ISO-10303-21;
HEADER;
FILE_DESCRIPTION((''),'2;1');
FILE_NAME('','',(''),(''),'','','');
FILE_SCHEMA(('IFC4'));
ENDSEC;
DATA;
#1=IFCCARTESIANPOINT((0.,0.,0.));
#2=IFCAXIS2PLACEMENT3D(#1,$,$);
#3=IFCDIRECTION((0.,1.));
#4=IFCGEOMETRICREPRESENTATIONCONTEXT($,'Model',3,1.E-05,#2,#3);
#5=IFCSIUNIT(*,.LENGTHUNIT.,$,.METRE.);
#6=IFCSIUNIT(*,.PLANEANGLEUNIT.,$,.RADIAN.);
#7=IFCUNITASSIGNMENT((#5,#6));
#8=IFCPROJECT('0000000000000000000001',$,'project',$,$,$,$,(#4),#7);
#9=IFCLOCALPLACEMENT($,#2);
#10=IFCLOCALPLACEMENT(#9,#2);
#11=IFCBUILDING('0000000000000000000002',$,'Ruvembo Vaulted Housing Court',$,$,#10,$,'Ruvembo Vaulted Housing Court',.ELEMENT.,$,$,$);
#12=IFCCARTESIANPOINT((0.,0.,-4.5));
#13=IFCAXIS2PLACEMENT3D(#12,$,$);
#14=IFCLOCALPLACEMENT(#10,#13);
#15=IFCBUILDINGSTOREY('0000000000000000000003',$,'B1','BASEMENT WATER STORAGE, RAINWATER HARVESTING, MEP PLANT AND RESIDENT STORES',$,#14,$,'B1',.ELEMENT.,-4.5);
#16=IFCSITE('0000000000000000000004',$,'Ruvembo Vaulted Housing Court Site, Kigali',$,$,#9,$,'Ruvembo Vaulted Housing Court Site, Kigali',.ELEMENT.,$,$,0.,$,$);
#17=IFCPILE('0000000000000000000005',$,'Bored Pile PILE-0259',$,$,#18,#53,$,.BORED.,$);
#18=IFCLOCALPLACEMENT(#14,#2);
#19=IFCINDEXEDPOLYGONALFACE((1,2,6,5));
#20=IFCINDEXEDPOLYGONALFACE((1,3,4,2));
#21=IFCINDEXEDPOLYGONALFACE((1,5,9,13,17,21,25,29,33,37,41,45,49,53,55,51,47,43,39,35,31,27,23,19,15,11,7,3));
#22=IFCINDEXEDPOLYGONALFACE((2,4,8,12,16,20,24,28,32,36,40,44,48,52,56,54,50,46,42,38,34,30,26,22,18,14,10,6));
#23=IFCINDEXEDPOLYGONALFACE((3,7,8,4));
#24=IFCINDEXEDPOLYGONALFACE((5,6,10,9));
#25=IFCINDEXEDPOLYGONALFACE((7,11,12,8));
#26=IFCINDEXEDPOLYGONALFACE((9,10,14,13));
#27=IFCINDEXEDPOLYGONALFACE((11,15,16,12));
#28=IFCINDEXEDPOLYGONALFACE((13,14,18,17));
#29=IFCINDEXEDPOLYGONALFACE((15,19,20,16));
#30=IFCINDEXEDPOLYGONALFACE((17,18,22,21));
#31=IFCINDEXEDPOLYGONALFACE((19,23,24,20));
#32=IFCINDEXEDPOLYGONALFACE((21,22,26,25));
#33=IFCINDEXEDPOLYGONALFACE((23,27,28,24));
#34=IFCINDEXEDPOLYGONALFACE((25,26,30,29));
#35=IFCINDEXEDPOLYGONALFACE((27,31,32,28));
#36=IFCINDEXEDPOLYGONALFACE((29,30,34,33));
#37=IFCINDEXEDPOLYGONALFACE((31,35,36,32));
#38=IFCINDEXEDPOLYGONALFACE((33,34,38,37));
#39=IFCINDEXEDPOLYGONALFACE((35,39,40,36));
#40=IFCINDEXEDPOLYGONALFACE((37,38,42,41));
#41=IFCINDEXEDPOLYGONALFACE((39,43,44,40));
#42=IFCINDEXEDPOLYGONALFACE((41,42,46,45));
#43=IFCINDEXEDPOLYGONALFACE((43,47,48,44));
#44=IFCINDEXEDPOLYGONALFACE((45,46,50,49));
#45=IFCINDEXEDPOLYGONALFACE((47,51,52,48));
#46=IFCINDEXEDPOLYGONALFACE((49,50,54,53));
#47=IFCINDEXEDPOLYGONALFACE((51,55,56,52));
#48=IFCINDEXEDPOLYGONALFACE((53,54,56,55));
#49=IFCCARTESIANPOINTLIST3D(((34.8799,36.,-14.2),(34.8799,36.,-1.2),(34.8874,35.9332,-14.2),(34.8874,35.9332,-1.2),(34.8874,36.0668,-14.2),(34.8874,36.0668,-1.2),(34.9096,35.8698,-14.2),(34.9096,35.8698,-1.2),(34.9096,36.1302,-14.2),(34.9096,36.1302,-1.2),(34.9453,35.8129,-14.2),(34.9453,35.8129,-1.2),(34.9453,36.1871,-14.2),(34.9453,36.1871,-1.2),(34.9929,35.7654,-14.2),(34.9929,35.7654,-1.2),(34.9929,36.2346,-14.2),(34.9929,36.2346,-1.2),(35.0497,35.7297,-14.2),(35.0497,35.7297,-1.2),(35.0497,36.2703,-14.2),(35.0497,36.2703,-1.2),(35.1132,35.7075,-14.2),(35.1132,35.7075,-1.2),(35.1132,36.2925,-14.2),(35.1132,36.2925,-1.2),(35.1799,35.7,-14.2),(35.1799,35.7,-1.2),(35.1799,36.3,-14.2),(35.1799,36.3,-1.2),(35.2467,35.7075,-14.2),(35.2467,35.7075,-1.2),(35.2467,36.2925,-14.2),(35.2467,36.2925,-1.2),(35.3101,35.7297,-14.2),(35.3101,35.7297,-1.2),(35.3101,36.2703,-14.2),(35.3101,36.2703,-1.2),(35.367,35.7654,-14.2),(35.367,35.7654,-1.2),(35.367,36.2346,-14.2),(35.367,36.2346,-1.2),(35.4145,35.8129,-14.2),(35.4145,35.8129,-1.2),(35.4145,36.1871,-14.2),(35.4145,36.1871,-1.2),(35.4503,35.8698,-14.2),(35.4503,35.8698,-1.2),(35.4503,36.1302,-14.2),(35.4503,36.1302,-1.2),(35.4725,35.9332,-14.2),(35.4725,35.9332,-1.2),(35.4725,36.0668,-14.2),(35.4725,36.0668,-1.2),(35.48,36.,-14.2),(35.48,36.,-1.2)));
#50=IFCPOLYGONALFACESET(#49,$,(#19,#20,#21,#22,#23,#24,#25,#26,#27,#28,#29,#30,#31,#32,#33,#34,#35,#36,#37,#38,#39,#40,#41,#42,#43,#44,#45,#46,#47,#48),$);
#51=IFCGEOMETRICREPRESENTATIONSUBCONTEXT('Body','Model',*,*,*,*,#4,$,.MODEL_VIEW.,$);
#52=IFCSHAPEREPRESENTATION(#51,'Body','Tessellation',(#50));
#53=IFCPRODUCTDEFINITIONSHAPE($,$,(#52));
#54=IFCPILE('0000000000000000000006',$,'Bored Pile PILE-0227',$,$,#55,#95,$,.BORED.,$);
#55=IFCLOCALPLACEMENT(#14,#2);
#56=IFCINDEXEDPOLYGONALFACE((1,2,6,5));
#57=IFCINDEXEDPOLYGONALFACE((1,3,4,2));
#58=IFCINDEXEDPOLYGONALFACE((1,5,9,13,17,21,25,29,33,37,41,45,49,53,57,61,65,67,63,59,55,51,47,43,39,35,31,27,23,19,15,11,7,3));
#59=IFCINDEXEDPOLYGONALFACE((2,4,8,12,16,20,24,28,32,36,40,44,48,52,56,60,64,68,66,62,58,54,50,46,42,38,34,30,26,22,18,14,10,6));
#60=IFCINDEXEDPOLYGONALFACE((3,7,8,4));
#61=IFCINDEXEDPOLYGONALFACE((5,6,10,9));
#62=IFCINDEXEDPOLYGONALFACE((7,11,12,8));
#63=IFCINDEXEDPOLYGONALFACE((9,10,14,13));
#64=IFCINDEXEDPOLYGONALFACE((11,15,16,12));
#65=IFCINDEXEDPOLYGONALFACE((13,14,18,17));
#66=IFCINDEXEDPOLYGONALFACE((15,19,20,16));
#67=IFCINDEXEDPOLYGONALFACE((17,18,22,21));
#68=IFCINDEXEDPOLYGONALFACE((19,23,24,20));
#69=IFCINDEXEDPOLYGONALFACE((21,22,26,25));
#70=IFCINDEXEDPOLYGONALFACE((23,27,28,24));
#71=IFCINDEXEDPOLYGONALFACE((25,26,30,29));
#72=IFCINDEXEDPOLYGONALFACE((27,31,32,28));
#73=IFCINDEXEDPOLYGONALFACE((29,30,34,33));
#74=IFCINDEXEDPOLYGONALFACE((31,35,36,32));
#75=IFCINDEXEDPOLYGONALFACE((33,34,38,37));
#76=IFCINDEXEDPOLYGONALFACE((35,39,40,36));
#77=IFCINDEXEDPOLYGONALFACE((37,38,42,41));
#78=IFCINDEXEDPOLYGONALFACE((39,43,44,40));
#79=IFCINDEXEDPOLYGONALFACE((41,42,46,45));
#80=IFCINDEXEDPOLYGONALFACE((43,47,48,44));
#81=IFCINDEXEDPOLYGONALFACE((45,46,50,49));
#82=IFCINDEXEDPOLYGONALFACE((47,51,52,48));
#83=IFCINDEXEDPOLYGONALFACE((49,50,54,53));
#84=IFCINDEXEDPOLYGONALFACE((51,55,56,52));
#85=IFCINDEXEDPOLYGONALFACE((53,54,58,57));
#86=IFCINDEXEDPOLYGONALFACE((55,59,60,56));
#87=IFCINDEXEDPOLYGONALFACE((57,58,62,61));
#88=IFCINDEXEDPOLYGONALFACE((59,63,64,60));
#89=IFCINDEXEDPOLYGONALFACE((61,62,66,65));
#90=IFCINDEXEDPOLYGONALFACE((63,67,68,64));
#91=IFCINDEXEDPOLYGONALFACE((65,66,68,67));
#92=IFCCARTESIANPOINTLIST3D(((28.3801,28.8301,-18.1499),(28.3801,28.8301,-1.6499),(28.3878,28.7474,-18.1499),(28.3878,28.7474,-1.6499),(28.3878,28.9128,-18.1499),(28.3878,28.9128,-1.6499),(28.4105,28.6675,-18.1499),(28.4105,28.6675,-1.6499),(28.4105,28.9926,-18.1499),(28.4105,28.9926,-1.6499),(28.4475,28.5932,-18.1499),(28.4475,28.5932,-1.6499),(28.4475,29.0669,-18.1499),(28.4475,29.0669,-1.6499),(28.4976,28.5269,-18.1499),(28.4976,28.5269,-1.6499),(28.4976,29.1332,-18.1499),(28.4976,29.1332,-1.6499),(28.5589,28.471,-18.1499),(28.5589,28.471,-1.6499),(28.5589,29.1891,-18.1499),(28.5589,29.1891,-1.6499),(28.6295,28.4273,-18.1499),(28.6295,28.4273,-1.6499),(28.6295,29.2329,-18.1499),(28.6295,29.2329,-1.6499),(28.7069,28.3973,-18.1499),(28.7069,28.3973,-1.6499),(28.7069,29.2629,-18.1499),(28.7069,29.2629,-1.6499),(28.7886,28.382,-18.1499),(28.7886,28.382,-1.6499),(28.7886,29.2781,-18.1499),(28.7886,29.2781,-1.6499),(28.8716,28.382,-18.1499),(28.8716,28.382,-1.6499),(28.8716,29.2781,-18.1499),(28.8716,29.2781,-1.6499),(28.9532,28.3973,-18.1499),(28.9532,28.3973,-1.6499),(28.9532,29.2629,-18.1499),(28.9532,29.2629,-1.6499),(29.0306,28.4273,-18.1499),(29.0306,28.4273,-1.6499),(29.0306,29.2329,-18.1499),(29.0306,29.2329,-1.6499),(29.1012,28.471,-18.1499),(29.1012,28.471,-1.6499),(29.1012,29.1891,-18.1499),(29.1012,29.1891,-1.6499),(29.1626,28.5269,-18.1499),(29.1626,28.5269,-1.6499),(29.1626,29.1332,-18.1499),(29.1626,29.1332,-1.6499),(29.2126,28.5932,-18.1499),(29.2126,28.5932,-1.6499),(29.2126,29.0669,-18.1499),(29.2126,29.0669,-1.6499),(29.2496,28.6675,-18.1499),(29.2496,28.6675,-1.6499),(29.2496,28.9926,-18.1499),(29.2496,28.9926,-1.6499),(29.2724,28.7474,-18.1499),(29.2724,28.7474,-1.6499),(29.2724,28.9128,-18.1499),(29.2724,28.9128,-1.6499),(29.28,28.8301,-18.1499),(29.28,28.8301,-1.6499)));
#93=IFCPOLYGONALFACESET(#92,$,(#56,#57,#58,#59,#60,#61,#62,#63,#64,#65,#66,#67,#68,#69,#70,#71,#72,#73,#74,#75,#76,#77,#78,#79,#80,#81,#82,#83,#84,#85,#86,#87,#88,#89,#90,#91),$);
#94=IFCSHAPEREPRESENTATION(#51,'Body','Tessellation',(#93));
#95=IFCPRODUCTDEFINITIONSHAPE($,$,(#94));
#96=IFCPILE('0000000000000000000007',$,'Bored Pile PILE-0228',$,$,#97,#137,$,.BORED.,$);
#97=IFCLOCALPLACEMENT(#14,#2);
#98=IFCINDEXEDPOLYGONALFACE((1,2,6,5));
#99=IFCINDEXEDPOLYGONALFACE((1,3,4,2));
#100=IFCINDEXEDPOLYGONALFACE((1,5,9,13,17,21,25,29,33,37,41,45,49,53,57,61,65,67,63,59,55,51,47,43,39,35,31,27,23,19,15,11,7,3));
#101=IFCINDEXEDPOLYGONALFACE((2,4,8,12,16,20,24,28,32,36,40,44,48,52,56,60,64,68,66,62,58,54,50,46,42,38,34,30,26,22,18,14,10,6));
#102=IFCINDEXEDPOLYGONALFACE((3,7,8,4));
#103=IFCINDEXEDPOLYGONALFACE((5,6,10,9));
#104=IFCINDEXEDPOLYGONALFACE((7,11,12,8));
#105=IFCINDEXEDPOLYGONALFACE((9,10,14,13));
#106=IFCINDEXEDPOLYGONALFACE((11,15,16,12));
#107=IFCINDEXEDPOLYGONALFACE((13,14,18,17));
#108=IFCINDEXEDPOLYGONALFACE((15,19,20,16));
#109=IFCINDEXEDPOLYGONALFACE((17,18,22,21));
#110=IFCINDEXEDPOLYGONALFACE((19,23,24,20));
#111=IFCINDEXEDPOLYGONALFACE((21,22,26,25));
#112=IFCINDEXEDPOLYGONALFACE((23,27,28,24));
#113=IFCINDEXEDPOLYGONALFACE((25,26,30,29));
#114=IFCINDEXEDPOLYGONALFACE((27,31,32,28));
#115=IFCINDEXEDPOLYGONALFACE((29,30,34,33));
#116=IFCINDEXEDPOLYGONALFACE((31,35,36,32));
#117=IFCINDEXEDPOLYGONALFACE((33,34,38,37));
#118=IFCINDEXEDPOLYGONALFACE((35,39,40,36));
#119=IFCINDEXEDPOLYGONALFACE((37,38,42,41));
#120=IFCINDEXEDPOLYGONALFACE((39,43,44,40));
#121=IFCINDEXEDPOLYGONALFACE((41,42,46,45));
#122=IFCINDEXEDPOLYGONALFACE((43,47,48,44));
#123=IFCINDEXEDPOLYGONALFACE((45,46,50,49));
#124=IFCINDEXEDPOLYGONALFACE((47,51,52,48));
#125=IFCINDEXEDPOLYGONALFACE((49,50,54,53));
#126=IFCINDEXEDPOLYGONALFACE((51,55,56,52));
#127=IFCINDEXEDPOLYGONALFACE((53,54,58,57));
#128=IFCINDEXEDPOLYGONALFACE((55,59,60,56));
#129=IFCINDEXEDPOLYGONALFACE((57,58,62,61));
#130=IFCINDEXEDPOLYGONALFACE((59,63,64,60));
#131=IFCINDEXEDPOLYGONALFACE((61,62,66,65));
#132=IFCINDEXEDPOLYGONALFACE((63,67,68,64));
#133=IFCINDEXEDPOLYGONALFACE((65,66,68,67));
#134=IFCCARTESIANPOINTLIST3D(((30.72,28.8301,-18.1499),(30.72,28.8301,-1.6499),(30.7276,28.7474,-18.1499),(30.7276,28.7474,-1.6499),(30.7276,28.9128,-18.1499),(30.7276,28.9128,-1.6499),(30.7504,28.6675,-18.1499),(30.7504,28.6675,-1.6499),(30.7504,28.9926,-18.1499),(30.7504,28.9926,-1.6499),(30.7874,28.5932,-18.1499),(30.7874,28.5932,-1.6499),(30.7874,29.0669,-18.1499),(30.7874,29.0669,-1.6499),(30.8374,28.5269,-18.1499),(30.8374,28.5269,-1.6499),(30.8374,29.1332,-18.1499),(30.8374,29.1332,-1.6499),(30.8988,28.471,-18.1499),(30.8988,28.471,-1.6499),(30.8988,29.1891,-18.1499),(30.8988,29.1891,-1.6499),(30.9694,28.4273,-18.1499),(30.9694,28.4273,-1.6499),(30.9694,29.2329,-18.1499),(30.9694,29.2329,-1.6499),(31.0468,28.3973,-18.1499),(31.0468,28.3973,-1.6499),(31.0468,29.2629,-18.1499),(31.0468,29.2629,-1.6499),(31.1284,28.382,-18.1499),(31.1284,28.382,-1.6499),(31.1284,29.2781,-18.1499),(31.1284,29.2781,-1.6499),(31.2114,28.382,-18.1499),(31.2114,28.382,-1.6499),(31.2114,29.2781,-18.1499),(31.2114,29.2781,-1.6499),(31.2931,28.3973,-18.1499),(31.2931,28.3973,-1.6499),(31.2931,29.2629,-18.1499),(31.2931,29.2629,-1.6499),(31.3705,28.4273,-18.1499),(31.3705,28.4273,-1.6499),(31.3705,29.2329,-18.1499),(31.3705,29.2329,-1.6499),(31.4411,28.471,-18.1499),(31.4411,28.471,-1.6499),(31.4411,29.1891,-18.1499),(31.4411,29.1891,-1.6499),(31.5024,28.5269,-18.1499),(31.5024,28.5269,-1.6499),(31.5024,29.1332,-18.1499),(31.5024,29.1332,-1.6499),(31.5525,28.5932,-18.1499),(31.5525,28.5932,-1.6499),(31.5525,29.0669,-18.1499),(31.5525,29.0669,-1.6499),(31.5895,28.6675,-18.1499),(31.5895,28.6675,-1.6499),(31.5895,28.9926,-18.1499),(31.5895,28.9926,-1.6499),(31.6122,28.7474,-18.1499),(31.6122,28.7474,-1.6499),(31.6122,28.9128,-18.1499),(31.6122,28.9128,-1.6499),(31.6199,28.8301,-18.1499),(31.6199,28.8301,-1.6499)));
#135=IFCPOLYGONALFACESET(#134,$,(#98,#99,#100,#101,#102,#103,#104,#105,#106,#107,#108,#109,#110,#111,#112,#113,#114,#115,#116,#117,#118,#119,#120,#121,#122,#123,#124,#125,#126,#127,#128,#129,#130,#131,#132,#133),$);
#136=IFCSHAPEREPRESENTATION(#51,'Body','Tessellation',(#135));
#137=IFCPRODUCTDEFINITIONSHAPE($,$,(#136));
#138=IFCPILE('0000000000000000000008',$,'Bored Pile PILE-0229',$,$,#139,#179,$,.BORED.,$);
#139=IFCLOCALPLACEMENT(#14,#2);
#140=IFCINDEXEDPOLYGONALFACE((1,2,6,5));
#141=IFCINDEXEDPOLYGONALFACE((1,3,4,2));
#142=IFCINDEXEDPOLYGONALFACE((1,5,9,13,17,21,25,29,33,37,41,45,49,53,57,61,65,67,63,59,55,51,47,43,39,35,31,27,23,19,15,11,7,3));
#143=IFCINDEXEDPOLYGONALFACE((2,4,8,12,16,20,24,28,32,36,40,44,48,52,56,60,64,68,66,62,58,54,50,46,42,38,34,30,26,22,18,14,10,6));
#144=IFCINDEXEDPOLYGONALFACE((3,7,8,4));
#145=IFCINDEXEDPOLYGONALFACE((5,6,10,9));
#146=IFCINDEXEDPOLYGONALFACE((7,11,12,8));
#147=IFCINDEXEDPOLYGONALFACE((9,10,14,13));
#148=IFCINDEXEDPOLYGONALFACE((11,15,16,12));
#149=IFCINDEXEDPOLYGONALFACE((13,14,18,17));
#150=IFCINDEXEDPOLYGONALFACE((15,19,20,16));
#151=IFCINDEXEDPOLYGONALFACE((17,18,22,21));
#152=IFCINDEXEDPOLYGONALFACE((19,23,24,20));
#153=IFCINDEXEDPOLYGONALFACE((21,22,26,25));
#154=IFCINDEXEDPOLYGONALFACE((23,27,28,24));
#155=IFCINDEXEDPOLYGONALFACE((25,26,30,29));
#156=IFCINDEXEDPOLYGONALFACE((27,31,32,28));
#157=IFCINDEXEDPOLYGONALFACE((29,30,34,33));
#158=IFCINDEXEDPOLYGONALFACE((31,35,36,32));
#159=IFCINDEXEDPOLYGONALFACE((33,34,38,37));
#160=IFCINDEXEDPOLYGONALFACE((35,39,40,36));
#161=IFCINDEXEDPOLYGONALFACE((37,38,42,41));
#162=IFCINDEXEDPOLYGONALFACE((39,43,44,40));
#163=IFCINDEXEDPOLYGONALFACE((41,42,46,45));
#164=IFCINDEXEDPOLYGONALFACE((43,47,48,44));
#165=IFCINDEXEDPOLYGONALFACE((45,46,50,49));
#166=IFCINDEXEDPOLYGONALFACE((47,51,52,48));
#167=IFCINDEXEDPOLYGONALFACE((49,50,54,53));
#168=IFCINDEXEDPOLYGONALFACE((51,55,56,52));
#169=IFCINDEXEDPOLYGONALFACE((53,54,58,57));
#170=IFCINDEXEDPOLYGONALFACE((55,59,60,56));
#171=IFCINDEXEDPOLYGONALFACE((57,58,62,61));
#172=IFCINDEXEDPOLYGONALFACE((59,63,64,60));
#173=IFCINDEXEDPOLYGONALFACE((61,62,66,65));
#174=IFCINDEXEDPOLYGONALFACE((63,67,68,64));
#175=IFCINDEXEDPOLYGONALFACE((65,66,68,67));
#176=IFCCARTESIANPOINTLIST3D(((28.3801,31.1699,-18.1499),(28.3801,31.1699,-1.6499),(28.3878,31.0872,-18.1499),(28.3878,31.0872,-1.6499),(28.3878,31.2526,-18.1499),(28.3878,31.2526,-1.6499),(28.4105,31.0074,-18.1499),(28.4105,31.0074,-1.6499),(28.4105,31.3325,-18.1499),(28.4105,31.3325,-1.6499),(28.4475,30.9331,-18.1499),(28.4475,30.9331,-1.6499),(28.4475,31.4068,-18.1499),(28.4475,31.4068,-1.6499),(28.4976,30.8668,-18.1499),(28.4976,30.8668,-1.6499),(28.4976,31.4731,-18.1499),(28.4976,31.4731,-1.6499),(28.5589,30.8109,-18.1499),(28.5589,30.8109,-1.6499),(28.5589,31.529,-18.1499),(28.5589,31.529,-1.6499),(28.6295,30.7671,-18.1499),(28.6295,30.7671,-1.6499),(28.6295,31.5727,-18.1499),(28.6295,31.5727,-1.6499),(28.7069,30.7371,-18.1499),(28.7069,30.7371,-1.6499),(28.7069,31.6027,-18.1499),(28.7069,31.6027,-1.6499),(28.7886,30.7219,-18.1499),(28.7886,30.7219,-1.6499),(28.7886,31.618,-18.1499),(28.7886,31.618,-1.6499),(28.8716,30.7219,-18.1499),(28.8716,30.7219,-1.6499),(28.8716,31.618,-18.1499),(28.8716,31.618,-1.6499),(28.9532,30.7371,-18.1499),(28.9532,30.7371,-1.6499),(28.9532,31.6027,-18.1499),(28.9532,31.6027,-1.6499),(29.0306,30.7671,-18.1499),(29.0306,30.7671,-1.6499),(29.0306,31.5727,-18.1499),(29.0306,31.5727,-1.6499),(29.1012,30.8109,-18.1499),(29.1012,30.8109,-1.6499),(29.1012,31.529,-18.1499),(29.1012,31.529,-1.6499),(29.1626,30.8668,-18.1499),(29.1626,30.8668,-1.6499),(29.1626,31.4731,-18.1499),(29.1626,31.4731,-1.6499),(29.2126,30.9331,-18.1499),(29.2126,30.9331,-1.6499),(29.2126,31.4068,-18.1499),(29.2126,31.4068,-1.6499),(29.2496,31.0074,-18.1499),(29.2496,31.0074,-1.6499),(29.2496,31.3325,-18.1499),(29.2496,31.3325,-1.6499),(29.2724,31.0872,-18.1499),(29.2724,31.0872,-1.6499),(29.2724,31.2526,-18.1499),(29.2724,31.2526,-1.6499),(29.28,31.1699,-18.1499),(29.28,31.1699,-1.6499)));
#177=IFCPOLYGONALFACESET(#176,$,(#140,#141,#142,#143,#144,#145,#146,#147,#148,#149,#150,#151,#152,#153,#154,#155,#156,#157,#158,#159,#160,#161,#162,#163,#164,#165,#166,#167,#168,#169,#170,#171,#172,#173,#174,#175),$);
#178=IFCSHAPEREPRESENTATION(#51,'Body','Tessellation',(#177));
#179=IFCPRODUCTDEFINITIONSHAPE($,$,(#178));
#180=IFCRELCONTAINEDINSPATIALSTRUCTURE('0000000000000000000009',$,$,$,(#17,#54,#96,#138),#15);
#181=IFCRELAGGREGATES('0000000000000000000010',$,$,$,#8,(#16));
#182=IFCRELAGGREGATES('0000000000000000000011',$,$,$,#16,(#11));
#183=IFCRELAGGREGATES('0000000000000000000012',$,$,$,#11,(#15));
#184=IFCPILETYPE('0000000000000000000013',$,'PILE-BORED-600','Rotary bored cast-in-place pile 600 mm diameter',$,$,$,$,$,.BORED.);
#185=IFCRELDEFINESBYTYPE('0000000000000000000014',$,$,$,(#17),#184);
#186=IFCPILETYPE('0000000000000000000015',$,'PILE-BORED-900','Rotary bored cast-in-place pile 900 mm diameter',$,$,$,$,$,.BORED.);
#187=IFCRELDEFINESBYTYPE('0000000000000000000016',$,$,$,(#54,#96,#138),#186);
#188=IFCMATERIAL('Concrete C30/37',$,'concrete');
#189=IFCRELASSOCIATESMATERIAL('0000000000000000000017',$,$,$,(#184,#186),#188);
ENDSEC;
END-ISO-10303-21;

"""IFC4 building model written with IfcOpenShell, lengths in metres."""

from ifc_helpers import new_model, si_unit, direction, frame, origin, origin_2d, place, context, subcontext, project, spatial, circle, extrude, material, material_profile, profile_set, type_object, element, save


model = new_model("IFC4")

# Units and contexts
model_context = context("Model", 3, precision=1e-05, world=origin(), true_north=direction((0.0, 1.0)))
body_context = subcontext(model_context, "Body", "Model", "MODEL_VIEW")
ifc_project = project(units=[si_unit("LENGTHUNIT", "METRE"), si_unit("PLANEANGLEUNIT", "RADIAN")], contexts=[model_context])

# Site, building, storey
site_placement = place(None, origin())
site = spatial("IfcSite", under=ifc_project, at=site_placement, Name="Ruvembo Vaulted Housing Court Site, Kigali", LongName="Ruvembo Vaulted Housing Court Site, Kigali", CompositionType="ELEMENT", RefElevation=0.0)
building_placement = place(site_placement, origin())
building = spatial("IfcBuilding", under=site, at=building_placement, Name="Ruvembo Vaulted Housing Court", LongName="Ruvembo Vaulted Housing Court", CompositionType="ELEMENT")
storey_placement = place(building_placement, frame((0.0, 0.0, -4.5)))
storey = spatial("IfcBuildingStorey", under=building, at=storey_placement, Name="B1", Description="BASEMENT WATER STORAGE, RAINWATER HARVESTING, MEP PLANT AND RESIDENT STORES", LongName="B1", CompositionType="ELEMENT", Elevation=-4.5)

# Piles
ifc_material_1 = material(Name="Concrete C30/37", Category="concrete")
ifc_material_profile_1 = material_profile(ifc_material_1, circle(Radius=0.3, at=origin_2d()), Name="PILE D600")
ifc_profile_set_1 = profile_set([ifc_material_profile_1], Name="Concrete C30/37")
pile_type_1 = type_object("IfcPileType", Name="PILE-BORED-600", Description="Rotary bored cast-in-place pile 600 mm diameter", PredefinedType="BORED", material=ifc_profile_set_1)
for number, where, z_axis, x_axis, name in (
    (1, (35.1799, 36.0, -1.2), (0.0, 0.0, -1.0), (1.0, 0.0, 0.0), "Bored Pile PILE-0259"),
):
    element("IfcPile", number, at=place(storey_placement, frame(where, z_axis=z_axis, x_axis=x_axis)), inside=storey, type_object=pile_type_1, Name=name, PredefinedType="BORED", context=body_context, shape_type="SweptSolid", body=[
        extrude(circle(Radius=0.3, at=origin_2d()), origin(), (0.0, 0.0, 1.0), 13.0),
    ])
ifc_material_profile_2 = material_profile(ifc_material_1, circle(Radius=0.45, at=origin_2d()), Name="PILE D900")
ifc_profile_set_2 = profile_set([ifc_material_profile_2], Name="Concrete C30/37")
pile_type_2 = type_object("IfcPileType", Name="PILE-BORED-900", Description="Rotary bored cast-in-place pile 900 mm diameter", PredefinedType="BORED", material=ifc_profile_set_2)
for number, where, z_axis, x_axis, name in (
    (2, (28.8301, 28.8301, -1.6499), (0.0, 0.0, -1.0), (1.0, 0.0, 0.0), "Bored Pile PILE-0227"),
    (3, (31.1699, 28.8301, -1.6499), (0.0, 0.0, -1.0), (1.0, 0.0, 0.0), "Bored Pile PILE-0228"),
    (4, (28.8301, 31.1699, -1.6499), (0.0, 0.0, -1.0), (1.0, 0.0, 0.0), "Bored Pile PILE-0229"),
):
    element("IfcPile", number, at=place(storey_placement, frame(where, z_axis=z_axis, x_axis=x_axis)), inside=storey, type_object=pile_type_2, Name=name, PredefinedType="BORED", context=body_context, shape_type="SweptSolid", body=[
        extrude(circle(Radius=0.45, at=origin_2d()), origin(), (0.0, 0.0, 1.0), 16.5),
    ])

save(model, "model.ifc")
